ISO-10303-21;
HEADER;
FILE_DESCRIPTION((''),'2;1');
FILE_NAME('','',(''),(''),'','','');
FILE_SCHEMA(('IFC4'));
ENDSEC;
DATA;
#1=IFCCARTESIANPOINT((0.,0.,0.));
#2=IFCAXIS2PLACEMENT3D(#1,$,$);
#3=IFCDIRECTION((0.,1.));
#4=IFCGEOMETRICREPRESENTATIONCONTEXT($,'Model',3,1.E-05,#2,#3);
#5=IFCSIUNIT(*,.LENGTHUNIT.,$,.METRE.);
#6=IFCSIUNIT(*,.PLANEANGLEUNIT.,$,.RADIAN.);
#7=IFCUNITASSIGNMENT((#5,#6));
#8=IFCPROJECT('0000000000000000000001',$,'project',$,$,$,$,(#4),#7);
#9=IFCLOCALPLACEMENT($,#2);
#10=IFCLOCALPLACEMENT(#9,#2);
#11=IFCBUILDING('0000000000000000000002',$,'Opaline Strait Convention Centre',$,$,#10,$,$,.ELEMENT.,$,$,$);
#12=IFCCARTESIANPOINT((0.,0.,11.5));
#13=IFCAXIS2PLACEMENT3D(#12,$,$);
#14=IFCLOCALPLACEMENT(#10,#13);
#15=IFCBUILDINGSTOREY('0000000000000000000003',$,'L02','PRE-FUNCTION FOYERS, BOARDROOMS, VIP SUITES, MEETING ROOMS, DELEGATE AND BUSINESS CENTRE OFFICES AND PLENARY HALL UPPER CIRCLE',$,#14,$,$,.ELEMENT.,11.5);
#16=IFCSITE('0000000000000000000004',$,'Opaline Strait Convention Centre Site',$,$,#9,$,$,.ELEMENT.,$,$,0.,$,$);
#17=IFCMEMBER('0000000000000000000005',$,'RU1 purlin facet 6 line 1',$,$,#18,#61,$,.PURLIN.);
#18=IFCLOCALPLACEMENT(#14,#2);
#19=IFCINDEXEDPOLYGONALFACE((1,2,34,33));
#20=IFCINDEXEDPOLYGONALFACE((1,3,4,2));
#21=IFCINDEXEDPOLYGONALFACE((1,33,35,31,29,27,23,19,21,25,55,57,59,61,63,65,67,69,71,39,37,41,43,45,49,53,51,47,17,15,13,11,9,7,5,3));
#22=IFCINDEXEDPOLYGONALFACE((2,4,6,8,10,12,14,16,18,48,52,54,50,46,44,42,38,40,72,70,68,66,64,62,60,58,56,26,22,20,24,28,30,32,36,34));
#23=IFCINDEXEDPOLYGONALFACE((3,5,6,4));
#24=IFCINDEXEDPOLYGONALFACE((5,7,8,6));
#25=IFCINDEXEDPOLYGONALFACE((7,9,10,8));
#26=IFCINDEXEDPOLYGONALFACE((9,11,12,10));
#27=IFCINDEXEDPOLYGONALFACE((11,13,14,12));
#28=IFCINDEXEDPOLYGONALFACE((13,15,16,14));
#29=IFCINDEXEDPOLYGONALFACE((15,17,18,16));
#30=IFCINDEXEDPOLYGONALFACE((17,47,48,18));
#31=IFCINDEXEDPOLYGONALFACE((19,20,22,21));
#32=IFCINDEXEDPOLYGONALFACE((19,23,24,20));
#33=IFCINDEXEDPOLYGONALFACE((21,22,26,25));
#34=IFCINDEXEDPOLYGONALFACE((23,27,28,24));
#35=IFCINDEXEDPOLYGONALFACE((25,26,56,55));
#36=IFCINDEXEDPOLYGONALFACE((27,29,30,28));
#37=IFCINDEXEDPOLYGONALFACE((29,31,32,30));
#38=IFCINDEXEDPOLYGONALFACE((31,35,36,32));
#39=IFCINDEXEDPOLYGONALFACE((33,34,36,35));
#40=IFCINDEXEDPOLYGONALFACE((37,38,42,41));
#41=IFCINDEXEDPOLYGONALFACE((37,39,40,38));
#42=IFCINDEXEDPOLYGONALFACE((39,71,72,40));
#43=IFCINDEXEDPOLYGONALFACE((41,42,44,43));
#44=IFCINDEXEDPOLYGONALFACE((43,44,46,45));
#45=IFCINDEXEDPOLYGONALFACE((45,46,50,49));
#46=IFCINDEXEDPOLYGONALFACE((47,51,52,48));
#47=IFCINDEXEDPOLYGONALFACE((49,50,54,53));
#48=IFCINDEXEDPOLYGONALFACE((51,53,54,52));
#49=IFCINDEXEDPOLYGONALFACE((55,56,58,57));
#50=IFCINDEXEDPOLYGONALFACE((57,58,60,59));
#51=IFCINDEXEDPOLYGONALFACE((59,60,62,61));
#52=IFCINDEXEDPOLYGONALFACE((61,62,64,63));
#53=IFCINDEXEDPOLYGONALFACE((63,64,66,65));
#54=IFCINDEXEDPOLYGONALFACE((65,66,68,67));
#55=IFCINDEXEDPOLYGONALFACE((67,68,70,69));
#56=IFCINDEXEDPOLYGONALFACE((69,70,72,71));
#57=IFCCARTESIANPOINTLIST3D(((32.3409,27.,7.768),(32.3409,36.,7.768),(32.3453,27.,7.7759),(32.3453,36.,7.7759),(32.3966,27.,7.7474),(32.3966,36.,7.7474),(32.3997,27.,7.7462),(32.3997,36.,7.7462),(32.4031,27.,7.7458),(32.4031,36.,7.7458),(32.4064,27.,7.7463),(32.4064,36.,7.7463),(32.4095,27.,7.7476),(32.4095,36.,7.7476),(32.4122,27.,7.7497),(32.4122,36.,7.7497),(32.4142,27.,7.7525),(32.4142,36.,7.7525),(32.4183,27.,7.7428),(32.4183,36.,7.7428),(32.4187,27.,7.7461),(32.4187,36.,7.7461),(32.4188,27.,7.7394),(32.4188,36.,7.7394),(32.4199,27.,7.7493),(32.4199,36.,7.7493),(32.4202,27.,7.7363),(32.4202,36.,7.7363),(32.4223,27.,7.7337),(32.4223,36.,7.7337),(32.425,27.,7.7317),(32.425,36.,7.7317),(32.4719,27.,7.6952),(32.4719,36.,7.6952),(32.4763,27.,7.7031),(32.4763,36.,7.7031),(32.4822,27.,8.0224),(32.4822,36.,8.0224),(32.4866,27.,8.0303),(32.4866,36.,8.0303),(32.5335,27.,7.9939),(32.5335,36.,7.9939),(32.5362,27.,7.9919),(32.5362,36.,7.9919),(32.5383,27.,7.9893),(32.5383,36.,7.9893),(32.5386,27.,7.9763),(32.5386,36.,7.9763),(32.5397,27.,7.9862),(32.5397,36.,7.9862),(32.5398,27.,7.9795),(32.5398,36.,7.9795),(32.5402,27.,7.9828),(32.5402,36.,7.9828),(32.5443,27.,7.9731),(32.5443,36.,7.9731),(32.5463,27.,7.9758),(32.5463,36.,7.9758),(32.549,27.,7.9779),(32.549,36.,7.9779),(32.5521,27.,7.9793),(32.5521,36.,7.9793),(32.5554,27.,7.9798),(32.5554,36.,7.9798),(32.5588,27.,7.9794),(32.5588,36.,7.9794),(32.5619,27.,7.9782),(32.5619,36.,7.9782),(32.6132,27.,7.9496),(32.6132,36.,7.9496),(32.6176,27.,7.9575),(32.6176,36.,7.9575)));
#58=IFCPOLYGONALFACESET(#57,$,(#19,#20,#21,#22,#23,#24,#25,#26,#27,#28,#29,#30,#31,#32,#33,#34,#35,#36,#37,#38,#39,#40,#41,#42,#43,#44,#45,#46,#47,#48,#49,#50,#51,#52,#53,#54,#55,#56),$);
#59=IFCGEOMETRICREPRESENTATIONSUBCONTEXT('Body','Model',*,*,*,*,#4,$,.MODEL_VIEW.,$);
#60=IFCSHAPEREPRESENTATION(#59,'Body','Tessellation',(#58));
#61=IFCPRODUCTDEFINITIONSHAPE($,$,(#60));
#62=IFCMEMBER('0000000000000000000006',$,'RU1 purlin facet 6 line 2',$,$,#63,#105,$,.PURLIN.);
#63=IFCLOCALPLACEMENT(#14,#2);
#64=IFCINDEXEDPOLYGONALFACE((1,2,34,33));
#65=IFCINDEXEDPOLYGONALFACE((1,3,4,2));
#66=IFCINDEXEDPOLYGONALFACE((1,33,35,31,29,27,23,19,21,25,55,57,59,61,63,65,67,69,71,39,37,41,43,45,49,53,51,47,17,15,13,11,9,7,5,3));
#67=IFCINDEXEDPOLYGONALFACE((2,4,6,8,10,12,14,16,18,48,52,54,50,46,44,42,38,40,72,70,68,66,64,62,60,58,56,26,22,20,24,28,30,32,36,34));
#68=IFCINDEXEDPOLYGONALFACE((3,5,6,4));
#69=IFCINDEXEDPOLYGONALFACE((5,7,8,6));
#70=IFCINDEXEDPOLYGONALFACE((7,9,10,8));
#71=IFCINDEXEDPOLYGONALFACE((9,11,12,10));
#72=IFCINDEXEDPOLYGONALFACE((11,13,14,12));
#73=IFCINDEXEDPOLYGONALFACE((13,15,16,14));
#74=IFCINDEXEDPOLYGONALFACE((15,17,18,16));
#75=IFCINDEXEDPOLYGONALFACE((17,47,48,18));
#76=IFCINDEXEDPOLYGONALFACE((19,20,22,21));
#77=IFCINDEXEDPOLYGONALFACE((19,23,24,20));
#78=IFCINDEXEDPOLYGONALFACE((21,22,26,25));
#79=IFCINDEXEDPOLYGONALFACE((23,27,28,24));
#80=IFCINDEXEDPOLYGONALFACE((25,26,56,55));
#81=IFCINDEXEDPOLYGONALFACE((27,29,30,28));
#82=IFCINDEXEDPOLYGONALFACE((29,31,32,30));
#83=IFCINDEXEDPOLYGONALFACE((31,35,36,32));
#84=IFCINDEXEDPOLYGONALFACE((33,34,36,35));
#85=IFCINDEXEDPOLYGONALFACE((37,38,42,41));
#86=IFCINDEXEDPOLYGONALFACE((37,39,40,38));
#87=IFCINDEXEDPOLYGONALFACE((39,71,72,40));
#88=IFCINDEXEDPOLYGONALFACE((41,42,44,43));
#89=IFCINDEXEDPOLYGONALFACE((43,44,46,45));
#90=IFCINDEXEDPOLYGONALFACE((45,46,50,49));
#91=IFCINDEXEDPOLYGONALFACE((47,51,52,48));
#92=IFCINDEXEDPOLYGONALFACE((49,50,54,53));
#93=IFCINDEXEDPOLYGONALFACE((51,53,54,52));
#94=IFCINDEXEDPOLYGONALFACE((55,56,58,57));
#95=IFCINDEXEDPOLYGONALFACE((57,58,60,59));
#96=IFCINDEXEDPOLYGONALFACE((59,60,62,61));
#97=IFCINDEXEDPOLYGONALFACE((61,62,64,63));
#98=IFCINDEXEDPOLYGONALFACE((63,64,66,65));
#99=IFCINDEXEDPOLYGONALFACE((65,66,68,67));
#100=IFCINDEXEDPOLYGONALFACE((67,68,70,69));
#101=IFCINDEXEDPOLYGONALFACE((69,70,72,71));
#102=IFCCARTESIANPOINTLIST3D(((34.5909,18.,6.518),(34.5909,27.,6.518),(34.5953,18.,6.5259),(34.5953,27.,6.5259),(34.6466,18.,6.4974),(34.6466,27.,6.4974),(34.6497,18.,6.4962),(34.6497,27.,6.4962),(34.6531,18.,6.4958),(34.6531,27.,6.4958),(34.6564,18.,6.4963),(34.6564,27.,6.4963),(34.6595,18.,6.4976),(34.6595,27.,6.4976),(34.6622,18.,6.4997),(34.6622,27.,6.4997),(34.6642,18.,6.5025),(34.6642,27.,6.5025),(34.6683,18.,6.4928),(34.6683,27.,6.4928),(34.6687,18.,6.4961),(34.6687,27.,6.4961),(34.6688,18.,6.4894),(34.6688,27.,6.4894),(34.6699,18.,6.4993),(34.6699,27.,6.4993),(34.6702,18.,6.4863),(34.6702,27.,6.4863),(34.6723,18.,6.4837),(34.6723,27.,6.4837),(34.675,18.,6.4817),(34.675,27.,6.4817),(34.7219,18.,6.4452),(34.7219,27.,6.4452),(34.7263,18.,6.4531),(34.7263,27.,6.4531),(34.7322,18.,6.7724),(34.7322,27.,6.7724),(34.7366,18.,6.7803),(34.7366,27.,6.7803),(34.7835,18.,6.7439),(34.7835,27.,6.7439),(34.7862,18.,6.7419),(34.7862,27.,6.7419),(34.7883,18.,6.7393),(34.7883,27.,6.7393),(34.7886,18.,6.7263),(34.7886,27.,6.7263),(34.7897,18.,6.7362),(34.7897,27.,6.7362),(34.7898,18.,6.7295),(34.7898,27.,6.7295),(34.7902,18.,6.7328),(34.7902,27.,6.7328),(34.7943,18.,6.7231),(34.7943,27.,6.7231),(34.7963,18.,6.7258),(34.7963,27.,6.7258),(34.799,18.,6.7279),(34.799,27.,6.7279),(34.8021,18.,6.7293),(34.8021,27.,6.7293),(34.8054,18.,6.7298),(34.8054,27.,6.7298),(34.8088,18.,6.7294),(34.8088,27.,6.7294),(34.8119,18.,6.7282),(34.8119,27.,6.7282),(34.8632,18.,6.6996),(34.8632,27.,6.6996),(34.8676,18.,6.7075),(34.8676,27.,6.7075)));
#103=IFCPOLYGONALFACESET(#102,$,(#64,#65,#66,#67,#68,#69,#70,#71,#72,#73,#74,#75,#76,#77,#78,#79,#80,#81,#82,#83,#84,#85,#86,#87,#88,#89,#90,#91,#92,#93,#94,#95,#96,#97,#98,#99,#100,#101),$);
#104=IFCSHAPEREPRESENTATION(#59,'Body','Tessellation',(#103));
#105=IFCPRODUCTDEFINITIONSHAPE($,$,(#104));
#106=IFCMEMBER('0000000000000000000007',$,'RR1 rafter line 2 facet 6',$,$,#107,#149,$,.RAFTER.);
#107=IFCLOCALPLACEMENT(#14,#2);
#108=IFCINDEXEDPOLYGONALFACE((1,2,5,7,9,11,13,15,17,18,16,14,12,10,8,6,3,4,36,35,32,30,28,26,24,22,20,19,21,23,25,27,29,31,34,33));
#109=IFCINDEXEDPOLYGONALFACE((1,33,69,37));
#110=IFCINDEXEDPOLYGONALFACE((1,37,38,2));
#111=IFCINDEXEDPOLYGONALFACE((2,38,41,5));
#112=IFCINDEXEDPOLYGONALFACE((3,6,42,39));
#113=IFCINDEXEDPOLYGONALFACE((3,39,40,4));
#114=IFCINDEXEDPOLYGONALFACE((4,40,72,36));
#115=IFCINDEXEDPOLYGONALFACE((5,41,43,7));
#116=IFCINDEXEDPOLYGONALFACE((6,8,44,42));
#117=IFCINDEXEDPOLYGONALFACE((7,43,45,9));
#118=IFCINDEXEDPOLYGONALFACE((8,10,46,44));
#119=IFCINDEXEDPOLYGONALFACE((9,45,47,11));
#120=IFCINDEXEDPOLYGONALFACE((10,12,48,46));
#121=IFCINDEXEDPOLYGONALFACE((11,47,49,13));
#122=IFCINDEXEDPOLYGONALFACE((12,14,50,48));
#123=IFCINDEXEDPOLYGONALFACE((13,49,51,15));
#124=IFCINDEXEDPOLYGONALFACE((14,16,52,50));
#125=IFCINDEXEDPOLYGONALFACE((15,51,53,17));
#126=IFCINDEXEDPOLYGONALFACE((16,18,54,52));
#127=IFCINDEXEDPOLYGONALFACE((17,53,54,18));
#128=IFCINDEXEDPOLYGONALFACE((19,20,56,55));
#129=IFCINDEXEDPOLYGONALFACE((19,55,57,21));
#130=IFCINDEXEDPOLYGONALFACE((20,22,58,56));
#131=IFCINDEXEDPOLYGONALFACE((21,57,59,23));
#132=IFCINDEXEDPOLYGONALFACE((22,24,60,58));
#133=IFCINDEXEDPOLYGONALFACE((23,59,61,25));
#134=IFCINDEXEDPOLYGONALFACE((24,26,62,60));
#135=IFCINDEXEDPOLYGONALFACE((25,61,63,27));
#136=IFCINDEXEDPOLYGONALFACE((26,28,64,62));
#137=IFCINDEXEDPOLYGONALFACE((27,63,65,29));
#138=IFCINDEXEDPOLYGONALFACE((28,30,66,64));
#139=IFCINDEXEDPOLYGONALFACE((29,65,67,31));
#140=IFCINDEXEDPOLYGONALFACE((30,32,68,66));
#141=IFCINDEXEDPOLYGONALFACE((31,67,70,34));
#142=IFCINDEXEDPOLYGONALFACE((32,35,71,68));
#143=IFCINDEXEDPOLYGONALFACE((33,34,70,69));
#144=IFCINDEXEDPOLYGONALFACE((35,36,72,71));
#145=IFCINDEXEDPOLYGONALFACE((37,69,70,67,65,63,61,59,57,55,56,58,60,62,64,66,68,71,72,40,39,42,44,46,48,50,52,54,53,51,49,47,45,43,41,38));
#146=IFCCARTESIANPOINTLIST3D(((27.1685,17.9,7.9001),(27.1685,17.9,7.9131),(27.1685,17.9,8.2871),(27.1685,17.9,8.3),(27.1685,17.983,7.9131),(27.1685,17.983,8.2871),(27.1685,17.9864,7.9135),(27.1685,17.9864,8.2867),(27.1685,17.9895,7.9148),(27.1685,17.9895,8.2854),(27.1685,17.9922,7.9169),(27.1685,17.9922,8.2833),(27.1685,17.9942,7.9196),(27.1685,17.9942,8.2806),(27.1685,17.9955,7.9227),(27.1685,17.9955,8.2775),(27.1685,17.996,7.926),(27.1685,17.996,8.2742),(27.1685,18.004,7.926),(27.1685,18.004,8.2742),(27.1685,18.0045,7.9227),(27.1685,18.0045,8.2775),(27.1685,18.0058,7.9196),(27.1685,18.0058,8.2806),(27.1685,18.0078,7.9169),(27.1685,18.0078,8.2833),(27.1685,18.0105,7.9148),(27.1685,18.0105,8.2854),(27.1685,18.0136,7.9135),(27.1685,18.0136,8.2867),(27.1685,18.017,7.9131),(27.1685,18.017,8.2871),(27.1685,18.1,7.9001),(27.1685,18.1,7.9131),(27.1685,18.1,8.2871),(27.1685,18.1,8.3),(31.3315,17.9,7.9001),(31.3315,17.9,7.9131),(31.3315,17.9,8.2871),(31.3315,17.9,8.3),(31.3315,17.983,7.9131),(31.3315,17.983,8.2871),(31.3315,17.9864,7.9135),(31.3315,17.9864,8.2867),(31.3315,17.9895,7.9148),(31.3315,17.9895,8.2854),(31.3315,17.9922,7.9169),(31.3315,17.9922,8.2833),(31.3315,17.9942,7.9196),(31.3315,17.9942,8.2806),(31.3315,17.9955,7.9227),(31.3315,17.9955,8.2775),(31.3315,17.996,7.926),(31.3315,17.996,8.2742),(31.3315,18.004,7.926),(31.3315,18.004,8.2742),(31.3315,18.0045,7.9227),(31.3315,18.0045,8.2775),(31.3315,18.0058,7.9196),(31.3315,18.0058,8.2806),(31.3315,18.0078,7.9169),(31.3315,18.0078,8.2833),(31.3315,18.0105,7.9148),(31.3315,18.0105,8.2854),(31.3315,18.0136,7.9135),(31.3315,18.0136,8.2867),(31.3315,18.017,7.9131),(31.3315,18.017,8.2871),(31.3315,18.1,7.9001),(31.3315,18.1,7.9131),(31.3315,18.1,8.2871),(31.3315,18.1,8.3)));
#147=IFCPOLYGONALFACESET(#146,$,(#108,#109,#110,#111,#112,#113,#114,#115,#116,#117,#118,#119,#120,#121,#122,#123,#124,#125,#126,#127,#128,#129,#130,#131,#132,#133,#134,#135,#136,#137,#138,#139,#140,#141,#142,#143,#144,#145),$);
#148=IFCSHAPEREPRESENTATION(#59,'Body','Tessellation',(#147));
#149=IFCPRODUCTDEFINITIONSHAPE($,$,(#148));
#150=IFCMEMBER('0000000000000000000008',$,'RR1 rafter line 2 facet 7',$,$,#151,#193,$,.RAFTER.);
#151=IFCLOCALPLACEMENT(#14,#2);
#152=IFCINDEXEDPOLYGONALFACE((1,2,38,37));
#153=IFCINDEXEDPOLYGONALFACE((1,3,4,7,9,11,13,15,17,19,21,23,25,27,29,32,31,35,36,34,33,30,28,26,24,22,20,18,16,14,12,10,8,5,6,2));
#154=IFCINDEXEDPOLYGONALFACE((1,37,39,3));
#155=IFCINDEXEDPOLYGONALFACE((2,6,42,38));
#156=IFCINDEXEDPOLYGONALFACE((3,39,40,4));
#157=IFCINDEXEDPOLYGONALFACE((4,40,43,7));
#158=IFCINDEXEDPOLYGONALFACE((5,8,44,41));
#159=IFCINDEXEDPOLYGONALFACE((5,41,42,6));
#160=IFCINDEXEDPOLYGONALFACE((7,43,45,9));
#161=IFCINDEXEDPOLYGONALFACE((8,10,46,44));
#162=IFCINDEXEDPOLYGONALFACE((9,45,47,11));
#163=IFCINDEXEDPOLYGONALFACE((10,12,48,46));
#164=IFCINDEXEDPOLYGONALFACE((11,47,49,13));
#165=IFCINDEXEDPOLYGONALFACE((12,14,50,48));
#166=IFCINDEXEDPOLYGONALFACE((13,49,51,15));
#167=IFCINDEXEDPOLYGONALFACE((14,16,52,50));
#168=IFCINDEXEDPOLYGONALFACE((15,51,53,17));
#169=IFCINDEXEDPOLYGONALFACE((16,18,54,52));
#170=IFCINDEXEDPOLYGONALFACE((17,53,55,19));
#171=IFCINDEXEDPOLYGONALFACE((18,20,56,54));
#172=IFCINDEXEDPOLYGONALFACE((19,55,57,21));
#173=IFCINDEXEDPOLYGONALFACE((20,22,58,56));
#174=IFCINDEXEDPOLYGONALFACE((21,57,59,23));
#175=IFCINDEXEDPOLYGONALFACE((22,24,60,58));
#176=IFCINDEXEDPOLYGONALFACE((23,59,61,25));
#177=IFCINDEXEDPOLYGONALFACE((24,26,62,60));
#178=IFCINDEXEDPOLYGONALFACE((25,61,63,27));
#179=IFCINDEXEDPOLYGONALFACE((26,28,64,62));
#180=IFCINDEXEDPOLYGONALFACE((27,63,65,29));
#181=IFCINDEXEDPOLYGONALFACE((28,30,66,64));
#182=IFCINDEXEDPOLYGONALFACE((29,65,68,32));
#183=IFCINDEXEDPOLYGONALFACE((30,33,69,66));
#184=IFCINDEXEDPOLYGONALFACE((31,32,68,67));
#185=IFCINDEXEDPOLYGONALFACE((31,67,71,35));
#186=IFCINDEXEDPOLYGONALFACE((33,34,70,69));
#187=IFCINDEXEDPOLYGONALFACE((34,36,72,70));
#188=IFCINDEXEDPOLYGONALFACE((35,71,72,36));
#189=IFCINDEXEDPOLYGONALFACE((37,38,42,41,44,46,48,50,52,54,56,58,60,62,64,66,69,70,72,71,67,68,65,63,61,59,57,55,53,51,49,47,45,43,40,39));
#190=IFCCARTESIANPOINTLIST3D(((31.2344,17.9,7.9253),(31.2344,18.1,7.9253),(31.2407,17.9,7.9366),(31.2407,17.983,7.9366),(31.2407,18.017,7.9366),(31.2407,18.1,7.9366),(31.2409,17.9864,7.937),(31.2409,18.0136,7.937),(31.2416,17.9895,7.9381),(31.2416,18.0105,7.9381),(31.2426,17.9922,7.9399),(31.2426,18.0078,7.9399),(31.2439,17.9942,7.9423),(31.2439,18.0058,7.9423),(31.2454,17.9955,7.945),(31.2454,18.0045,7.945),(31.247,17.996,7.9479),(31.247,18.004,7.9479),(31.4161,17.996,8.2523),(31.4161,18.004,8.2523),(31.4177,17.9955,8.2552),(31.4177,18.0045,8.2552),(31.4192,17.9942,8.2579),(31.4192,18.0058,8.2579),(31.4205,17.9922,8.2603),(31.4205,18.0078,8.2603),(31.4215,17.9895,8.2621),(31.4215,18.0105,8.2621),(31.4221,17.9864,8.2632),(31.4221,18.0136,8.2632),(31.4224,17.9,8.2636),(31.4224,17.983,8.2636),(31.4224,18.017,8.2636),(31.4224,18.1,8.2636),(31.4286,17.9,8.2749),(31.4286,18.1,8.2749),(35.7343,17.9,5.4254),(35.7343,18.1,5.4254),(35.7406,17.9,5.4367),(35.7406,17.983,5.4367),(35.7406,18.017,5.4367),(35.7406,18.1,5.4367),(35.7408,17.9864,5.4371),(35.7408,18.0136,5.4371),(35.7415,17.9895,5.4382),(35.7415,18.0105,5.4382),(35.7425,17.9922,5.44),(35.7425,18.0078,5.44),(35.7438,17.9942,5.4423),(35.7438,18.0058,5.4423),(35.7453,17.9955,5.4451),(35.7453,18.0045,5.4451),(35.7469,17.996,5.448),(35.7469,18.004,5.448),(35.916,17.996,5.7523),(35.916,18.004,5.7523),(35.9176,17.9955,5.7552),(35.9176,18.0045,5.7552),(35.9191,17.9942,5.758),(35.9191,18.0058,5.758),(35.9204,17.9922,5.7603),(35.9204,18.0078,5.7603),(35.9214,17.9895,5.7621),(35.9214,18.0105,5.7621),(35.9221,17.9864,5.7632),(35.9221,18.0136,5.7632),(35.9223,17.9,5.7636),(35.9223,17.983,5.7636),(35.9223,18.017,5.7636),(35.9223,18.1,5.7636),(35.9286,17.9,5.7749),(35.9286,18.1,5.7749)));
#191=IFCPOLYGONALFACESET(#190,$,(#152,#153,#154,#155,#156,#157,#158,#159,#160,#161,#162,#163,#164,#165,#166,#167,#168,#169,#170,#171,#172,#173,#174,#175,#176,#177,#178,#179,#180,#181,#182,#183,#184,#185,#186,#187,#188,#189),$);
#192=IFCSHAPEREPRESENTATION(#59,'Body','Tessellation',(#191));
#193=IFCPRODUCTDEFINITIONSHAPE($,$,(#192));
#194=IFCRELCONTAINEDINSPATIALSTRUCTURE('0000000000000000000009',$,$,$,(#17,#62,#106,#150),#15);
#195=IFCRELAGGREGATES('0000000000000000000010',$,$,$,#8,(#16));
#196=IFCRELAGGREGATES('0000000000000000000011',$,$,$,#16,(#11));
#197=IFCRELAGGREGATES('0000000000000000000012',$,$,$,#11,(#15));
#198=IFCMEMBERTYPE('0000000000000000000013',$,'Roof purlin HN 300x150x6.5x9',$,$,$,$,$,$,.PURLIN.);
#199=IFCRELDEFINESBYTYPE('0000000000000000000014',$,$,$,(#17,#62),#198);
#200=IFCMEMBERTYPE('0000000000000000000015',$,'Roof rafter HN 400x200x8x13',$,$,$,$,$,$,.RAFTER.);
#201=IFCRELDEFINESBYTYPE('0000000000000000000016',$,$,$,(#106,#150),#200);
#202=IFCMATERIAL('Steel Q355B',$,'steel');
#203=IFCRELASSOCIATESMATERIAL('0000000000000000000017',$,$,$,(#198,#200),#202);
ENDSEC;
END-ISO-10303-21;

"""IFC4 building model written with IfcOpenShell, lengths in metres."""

from ifc_helpers import new_model, si_unit, direction, frame, origin, origin_2d, place, context, subcontext, project, spatial, i_section, extrude, material, material_profile, profile_set, type_object, element, save


model = new_model("IFC4")

# Units and contexts
model_context = context("Model", 3, precision=1e-05, world=origin(), true_north=direction((0.0, 1.0)))
body_context = subcontext(model_context, "Body", "Model", "MODEL_VIEW")
ifc_project = project(units=[si_unit("LENGTHUNIT", "METRE"), si_unit("PLANEANGLEUNIT", "RADIAN")], contexts=[model_context])

# Site, building, storey
site_placement = place(None, origin())
site = spatial("IfcSite", under=ifc_project, at=site_placement, Name="Opaline Strait Convention Centre Site", CompositionType="ELEMENT", RefElevation=0.0)
building_placement = place(site_placement, origin())
building = spatial("IfcBuilding", under=site, at=building_placement, Name="Opaline Strait Convention Centre", CompositionType="ELEMENT")
storey_placement = place(building_placement, frame((0.0, 0.0, 11.5)))
storey = spatial("IfcBuildingStorey", under=building, at=storey_placement, Name="L02", Description="PRE-FUNCTION FOYERS, BOARDROOMS, VIP SUITES, MEETING ROOMS, DELEGATE AND BUSINESS CENTRE OFFICES AND PLENARY HALL UPPER CIRCLE", CompositionType="ELEMENT", Elevation=11.5)

# Shared definitions
ifc_material_1 = material(Name="Steel Q355B", Category="steel")

# Members
ifc_material_profile_1 = material_profile(ifc_material_1, i_section(OverallWidth=0.1499, OverallDepth=0.3, WebThickness=0.0066, FlangeThickness=0.009, FilletRadius=0.0129, at=origin_2d()), Name="HN 300x150x6.5x9")
ifc_profile_set_1 = profile_set([ifc_material_profile_1], Name="Steel Q355B")
member_type_1 = type_object("IfcMemberType", Name="Roof purlin HN 300x150x6.5x9", PredefinedType="PURLIN", material=ifc_profile_set_1)
for number, where, z_axis, x_axis, name in (
    (1, (32.4792, 27.0, 7.8628), (0.0, 1.0, 0.0), (-0.874157, 0.0, 0.485643), "RU1 purlin facet 6 line 1"),
    (2, (34.7292, 18.0, 6.6128), (0.0, 1.0, 0.0), (-0.874157, 0.0, 0.485643), "RU1 purlin facet 6 line 2"),
):
    element("IfcMember", number, at=place(storey_placement, frame(where, z_axis=z_axis, x_axis=x_axis)), inside=storey, type_object=member_type_1, Name=name, PredefinedType="PURLIN", context=body_context, shape_type="SweptSolid", body=[
        extrude(i_section(OverallWidth=0.1499, OverallDepth=0.3, WebThickness=0.0066, FlangeThickness=0.009, FilletRadius=0.0129, at=origin_2d()), origin(), (0.0, 0.0, 1.0), 9.0),
    ])
ifc_material_profile_2 = material_profile(ifc_material_1, i_section(OverallWidth=0.2, OverallDepth=0.3999, WebThickness=0.0081, FlangeThickness=0.0129, FilletRadius=0.0129, at=origin_2d()), Name="HN 400x200x8x13")
ifc_profile_set_2 = profile_set([ifc_material_profile_2], Name="Steel Q355B")
member_type_2 = type_object("IfcMemberType", Name="Roof rafter HN 400x200x8x13", PredefinedType="RAFTER", material=ifc_profile_set_2)
member_1_placement = place(storey_placement, frame((27.1685, 18.0, 8.1001), z_axis=(1.0, 0.0, 0.0), x_axis=(0.0, 1.0, 0.0)))
element("IfcMember", 3, at=member_1_placement, inside=storey, type_object=member_type_2, Name="RR1 rafter line 2 facet 6", PredefinedType="RAFTER", context=body_context, shape_type="SweptSolid", body=[
    extrude(i_section(OverallWidth=0.2, OverallDepth=0.3999, WebThickness=0.0081, FlangeThickness=0.0129, FilletRadius=0.0129, at=origin_2d()), origin(), (0.0, 0.0, 1.0), 4.1631),
])
member_2_placement = place(storey_placement, frame((31.3315, 18.0, 8.1001), z_axis=(0.874157, 0.0, -0.485643), x_axis=(0.0, 1.0, 0.0)))
element("IfcMember", 4, at=member_2_placement, inside=storey, type_object=member_type_2, Name="RR1 rafter line 2 facet 7", PredefinedType="RAFTER", context=body_context, shape_type="SweptSolid", body=[
    extrude(i_section(OverallWidth=0.2, OverallDepth=0.3999, WebThickness=0.0081, FlangeThickness=0.0129, FilletRadius=0.0129, at=origin_2d()), origin(), (0.0, 0.0, 1.0), 5.1477),
])

save(model, "model.ifc")
